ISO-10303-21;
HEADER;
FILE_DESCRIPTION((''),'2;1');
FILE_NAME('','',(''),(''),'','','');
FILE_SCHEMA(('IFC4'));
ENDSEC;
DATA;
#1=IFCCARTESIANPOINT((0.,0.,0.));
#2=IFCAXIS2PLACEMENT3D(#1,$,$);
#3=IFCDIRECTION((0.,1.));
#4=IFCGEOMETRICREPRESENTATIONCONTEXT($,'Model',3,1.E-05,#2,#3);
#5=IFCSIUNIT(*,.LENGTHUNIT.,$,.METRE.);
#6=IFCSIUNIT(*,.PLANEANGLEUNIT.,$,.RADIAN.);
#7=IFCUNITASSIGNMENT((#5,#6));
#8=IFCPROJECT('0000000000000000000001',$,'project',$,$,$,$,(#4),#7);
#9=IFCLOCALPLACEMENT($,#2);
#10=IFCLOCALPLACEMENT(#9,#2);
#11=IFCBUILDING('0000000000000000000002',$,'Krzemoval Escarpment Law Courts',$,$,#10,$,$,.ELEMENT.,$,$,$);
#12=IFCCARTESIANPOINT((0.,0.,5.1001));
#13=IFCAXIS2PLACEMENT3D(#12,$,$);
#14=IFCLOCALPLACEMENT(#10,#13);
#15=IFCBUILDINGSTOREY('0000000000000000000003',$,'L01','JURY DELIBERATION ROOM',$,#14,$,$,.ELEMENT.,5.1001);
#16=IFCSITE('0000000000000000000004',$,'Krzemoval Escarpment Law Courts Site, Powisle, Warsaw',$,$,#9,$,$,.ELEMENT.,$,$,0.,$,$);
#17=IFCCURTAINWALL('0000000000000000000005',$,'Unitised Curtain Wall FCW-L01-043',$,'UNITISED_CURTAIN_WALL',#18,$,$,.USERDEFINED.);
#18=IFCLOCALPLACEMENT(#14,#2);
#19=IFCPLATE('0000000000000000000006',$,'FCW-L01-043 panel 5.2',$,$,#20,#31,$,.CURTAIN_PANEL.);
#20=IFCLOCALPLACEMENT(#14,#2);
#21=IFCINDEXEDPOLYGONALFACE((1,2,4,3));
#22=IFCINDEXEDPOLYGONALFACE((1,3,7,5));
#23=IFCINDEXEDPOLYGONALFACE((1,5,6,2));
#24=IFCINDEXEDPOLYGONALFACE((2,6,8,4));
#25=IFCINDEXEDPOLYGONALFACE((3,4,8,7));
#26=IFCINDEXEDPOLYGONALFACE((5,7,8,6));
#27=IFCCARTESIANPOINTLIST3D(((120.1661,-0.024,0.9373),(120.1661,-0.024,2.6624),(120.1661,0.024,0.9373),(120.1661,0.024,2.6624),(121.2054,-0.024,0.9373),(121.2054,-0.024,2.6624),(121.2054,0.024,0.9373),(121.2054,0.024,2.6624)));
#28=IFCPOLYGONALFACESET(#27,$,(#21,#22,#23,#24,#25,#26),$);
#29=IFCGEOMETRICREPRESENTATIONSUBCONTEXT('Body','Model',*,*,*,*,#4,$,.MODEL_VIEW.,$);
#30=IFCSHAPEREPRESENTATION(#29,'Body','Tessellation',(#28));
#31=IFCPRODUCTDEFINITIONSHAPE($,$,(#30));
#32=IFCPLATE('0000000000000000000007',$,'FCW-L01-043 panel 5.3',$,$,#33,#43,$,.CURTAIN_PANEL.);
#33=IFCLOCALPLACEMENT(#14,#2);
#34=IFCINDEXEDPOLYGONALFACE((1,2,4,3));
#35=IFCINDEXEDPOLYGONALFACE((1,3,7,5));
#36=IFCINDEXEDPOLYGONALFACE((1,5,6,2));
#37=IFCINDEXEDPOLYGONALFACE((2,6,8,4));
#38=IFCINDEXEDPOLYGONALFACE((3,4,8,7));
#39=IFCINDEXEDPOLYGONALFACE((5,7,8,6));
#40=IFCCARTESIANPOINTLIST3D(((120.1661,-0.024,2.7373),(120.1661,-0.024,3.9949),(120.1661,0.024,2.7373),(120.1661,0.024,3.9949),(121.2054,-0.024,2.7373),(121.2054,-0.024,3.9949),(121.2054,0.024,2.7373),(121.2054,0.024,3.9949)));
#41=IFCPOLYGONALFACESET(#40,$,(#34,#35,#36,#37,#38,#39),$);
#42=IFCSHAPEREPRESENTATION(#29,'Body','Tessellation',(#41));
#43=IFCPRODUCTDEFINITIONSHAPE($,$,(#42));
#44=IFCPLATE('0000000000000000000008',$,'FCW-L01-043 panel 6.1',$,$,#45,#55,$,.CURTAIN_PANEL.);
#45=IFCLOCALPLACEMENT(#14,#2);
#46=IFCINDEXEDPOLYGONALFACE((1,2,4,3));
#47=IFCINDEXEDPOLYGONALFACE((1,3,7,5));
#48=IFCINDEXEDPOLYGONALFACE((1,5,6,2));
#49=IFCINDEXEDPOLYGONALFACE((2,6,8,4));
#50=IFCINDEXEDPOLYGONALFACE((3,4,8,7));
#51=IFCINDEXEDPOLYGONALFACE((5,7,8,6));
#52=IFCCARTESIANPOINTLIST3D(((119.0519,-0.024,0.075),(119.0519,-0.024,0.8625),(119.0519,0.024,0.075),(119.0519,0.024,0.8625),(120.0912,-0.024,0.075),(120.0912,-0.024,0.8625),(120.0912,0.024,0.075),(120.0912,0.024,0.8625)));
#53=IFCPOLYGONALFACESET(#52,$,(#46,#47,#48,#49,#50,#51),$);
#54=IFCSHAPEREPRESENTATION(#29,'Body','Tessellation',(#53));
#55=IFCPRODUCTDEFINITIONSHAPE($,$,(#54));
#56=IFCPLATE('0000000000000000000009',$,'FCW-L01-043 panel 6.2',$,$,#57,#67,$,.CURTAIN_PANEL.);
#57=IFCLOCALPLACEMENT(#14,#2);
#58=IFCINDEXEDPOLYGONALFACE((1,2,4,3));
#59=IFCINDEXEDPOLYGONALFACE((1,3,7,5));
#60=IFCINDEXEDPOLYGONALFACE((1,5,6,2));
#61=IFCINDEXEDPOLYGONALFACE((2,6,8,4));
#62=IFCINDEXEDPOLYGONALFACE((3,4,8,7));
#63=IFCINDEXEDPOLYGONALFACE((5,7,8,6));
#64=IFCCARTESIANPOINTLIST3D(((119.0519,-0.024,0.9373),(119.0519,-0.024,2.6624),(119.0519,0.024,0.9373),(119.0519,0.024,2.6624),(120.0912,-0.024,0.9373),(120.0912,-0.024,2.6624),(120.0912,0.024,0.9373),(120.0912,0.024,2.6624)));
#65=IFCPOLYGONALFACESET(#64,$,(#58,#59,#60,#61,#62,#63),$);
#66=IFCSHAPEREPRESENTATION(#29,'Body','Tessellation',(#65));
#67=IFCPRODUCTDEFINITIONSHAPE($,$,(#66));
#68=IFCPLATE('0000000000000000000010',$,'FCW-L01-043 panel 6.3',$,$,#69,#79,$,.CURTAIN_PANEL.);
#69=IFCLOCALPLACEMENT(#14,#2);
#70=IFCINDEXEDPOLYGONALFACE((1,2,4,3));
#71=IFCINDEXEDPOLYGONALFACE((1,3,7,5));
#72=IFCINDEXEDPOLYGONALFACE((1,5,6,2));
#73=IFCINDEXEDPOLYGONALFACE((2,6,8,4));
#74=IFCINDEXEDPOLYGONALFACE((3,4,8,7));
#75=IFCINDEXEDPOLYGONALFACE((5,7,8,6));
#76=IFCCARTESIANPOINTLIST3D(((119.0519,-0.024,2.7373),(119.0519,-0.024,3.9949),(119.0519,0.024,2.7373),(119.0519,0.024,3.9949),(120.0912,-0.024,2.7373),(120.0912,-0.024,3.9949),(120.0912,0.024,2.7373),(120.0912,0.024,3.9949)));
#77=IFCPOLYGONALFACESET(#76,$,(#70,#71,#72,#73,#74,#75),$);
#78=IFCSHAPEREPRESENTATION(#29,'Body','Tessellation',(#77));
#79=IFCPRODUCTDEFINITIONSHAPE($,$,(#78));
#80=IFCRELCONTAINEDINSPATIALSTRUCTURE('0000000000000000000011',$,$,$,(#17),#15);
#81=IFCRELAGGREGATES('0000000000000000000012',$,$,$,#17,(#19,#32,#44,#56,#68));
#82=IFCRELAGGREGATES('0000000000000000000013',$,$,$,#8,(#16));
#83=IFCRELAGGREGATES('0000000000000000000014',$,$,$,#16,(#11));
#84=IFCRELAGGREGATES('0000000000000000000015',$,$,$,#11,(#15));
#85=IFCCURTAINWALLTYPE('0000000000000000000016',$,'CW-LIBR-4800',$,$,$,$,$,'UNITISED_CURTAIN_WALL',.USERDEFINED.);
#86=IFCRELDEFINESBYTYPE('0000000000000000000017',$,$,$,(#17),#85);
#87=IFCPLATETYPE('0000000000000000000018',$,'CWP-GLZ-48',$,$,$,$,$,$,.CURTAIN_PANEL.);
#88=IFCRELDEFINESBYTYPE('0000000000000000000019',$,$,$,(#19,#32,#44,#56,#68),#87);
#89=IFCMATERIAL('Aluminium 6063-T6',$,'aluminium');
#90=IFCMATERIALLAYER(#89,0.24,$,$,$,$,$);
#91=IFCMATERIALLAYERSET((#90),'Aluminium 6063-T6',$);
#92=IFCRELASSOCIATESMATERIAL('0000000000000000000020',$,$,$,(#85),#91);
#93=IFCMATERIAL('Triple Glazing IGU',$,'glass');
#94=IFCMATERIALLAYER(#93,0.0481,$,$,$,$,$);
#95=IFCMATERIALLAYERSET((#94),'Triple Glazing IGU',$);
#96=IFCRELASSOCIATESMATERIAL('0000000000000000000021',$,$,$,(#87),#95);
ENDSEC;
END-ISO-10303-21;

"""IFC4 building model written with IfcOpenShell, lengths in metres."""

from ifc_helpers import new_model, si_unit, direction, frame, origin, origin_2d, place, context, subcontext, project, spatial, rectangle, extrude, material, layer, layer_set, type_object, element, aggregate, save


model = new_model("IFC4")

# Units and contexts
model_context = context("Model", 3, precision=1e-05, world=origin(), true_north=direction((0.0, 1.0)))
body_context = subcontext(model_context, "Body", "Model", "MODEL_VIEW")
ifc_project = project(units=[si_unit("LENGTHUNIT", "METRE"), si_unit("PLANEANGLEUNIT", "RADIAN")], contexts=[model_context])

# Site, building, storey
site_placement = place(None, origin())
site = spatial("IfcSite", under=ifc_project, at=site_placement, Name="Krzemoval Escarpment Law Courts Site, Powisle, Warsaw", CompositionType="ELEMENT", RefElevation=0.0)
building_placement = place(site_placement, origin())
building = spatial("IfcBuilding", under=site, at=building_placement, Name="Krzemoval Escarpment Law Courts", CompositionType="ELEMENT")
storey_placement = place(building_placement, frame((0.0, 0.0, 5.1001)))
storey = spatial("IfcBuildingStorey", under=building, at=storey_placement, Name="L01", Description="JURY DELIBERATION ROOM", CompositionType="ELEMENT", Elevation=5.1001)

# Curtain wall
ifc_material_1 = material(Name="Aluminium 6063-T6", Category="aluminium")
ifc_layer_1 = layer(ifc_material_1, 0.24)
ifc_layer_set_1 = layer_set([ifc_layer_1], Name="Aluminium 6063-T6")
curtain_wall_type = type_object("IfcCurtainWallType", Name="CW-LIBR-4800", ElementType="UNITISED_CURTAIN_WALL", PredefinedType="USERDEFINED", material=ifc_layer_set_1)
curtain_wall_placement = place(storey_placement, origin())
curtain_wall = element("IfcCurtainWall", 1, at=curtain_wall_placement, inside=storey, type_object=curtain_wall_type, Name="Unitised Curtain Wall FCW-L01-043", ObjectType="UNITISED_CURTAIN_WALL", PredefinedType="USERDEFINED")

# Plates
ifc_material_2 = material(Name="Triple Glazing IGU", Category="glass")
ifc_layer_2 = layer(ifc_material_2, 0.0481)
ifc_layer_set_2 = layer_set([ifc_layer_2], Name="Triple Glazing IGU")
plate_type = type_object("IfcPlateType", Name="CWP-GLZ-48", PredefinedType="CURTAIN_PANEL", material=ifc_layer_set_2)
plate_1_placement = place(storey_placement, frame((120.6858, 0.0, 0.9373), z_axis=(0.0, 0.0, 1.0), x_axis=(-1.0, 0.0, 0.0)))
plate_1 = element("IfcPlate", 2, at=plate_1_placement, type_object=plate_type, Name="FCW-L01-043 panel 5.2", PredefinedType="CURTAIN_PANEL", context=body_context, shape_type="SweptSolid", body=[
    extrude(rectangle(XDim=1.0393, YDim=0.0481, at=origin_2d()), origin(), (0.0, 0.0, 1.0), 1.7251),
])
plate_2_placement = place(storey_placement, frame((120.6858, 0.0, 2.7373), z_axis=(0.0, 0.0, 1.0), x_axis=(-1.0, 0.0, 0.0)))
plate_2 = element("IfcPlate", 3, at=plate_2_placement, type_object=plate_type, Name="FCW-L01-043 panel 5.3", PredefinedType="CURTAIN_PANEL", context=body_context, shape_type="SweptSolid", body=[
    extrude(rectangle(XDim=1.0393, YDim=0.0481, at=origin_2d()), origin(), (0.0, 0.0, 1.0), 1.2576),
])
plate_3_placement = place(storey_placement, frame((119.5715, 0.0, 0.075), z_axis=(0.0, 0.0, 1.0), x_axis=(-1.0, 0.0, 0.0)))
plate_3 = element("IfcPlate", 4, at=plate_3_placement, type_object=plate_type, Name="FCW-L01-043 panel 6.1", PredefinedType="CURTAIN_PANEL", context=body_context, shape_type="SweptSolid", body=[
    extrude(rectangle(XDim=1.0393, YDim=0.0481, at=origin_2d()), origin(), (0.0, 0.0, 1.0), 0.7876),
])
plate_4_placement = place(storey_placement, frame((119.5715, 0.0, 0.9373), z_axis=(0.0, 0.0, 1.0), x_axis=(-1.0, 0.0, 0.0)))
plate_4 = element("IfcPlate", 5, at=plate_4_placement, type_object=plate_type, Name="FCW-L01-043 panel 6.2", PredefinedType="CURTAIN_PANEL", context=body_context, shape_type="SweptSolid", body=[
    extrude(rectangle(XDim=1.0393, YDim=0.0481, at=origin_2d()), origin(), (0.0, 0.0, 1.0), 1.7251),
])
plate_5_placement = place(storey_placement, frame((119.5715, 0.0, 2.7373), z_axis=(0.0, 0.0, 1.0), x_axis=(-1.0, 0.0, 0.0)))
plate_5 = element("IfcPlate", 6, at=plate_5_placement, type_object=plate_type, Name="FCW-L01-043 panel 6.3", PredefinedType="CURTAIN_PANEL", context=body_context, shape_type="SweptSolid", body=[
    extrude(rectangle(XDim=1.0393, YDim=0.0481, at=origin_2d()), origin(), (0.0, 0.0, 1.0), 1.2576),
])
aggregate(curtain_wall, [plate_1, plate_2, plate_3, plate_4, plate_5])

save(model, "model.ifc")
